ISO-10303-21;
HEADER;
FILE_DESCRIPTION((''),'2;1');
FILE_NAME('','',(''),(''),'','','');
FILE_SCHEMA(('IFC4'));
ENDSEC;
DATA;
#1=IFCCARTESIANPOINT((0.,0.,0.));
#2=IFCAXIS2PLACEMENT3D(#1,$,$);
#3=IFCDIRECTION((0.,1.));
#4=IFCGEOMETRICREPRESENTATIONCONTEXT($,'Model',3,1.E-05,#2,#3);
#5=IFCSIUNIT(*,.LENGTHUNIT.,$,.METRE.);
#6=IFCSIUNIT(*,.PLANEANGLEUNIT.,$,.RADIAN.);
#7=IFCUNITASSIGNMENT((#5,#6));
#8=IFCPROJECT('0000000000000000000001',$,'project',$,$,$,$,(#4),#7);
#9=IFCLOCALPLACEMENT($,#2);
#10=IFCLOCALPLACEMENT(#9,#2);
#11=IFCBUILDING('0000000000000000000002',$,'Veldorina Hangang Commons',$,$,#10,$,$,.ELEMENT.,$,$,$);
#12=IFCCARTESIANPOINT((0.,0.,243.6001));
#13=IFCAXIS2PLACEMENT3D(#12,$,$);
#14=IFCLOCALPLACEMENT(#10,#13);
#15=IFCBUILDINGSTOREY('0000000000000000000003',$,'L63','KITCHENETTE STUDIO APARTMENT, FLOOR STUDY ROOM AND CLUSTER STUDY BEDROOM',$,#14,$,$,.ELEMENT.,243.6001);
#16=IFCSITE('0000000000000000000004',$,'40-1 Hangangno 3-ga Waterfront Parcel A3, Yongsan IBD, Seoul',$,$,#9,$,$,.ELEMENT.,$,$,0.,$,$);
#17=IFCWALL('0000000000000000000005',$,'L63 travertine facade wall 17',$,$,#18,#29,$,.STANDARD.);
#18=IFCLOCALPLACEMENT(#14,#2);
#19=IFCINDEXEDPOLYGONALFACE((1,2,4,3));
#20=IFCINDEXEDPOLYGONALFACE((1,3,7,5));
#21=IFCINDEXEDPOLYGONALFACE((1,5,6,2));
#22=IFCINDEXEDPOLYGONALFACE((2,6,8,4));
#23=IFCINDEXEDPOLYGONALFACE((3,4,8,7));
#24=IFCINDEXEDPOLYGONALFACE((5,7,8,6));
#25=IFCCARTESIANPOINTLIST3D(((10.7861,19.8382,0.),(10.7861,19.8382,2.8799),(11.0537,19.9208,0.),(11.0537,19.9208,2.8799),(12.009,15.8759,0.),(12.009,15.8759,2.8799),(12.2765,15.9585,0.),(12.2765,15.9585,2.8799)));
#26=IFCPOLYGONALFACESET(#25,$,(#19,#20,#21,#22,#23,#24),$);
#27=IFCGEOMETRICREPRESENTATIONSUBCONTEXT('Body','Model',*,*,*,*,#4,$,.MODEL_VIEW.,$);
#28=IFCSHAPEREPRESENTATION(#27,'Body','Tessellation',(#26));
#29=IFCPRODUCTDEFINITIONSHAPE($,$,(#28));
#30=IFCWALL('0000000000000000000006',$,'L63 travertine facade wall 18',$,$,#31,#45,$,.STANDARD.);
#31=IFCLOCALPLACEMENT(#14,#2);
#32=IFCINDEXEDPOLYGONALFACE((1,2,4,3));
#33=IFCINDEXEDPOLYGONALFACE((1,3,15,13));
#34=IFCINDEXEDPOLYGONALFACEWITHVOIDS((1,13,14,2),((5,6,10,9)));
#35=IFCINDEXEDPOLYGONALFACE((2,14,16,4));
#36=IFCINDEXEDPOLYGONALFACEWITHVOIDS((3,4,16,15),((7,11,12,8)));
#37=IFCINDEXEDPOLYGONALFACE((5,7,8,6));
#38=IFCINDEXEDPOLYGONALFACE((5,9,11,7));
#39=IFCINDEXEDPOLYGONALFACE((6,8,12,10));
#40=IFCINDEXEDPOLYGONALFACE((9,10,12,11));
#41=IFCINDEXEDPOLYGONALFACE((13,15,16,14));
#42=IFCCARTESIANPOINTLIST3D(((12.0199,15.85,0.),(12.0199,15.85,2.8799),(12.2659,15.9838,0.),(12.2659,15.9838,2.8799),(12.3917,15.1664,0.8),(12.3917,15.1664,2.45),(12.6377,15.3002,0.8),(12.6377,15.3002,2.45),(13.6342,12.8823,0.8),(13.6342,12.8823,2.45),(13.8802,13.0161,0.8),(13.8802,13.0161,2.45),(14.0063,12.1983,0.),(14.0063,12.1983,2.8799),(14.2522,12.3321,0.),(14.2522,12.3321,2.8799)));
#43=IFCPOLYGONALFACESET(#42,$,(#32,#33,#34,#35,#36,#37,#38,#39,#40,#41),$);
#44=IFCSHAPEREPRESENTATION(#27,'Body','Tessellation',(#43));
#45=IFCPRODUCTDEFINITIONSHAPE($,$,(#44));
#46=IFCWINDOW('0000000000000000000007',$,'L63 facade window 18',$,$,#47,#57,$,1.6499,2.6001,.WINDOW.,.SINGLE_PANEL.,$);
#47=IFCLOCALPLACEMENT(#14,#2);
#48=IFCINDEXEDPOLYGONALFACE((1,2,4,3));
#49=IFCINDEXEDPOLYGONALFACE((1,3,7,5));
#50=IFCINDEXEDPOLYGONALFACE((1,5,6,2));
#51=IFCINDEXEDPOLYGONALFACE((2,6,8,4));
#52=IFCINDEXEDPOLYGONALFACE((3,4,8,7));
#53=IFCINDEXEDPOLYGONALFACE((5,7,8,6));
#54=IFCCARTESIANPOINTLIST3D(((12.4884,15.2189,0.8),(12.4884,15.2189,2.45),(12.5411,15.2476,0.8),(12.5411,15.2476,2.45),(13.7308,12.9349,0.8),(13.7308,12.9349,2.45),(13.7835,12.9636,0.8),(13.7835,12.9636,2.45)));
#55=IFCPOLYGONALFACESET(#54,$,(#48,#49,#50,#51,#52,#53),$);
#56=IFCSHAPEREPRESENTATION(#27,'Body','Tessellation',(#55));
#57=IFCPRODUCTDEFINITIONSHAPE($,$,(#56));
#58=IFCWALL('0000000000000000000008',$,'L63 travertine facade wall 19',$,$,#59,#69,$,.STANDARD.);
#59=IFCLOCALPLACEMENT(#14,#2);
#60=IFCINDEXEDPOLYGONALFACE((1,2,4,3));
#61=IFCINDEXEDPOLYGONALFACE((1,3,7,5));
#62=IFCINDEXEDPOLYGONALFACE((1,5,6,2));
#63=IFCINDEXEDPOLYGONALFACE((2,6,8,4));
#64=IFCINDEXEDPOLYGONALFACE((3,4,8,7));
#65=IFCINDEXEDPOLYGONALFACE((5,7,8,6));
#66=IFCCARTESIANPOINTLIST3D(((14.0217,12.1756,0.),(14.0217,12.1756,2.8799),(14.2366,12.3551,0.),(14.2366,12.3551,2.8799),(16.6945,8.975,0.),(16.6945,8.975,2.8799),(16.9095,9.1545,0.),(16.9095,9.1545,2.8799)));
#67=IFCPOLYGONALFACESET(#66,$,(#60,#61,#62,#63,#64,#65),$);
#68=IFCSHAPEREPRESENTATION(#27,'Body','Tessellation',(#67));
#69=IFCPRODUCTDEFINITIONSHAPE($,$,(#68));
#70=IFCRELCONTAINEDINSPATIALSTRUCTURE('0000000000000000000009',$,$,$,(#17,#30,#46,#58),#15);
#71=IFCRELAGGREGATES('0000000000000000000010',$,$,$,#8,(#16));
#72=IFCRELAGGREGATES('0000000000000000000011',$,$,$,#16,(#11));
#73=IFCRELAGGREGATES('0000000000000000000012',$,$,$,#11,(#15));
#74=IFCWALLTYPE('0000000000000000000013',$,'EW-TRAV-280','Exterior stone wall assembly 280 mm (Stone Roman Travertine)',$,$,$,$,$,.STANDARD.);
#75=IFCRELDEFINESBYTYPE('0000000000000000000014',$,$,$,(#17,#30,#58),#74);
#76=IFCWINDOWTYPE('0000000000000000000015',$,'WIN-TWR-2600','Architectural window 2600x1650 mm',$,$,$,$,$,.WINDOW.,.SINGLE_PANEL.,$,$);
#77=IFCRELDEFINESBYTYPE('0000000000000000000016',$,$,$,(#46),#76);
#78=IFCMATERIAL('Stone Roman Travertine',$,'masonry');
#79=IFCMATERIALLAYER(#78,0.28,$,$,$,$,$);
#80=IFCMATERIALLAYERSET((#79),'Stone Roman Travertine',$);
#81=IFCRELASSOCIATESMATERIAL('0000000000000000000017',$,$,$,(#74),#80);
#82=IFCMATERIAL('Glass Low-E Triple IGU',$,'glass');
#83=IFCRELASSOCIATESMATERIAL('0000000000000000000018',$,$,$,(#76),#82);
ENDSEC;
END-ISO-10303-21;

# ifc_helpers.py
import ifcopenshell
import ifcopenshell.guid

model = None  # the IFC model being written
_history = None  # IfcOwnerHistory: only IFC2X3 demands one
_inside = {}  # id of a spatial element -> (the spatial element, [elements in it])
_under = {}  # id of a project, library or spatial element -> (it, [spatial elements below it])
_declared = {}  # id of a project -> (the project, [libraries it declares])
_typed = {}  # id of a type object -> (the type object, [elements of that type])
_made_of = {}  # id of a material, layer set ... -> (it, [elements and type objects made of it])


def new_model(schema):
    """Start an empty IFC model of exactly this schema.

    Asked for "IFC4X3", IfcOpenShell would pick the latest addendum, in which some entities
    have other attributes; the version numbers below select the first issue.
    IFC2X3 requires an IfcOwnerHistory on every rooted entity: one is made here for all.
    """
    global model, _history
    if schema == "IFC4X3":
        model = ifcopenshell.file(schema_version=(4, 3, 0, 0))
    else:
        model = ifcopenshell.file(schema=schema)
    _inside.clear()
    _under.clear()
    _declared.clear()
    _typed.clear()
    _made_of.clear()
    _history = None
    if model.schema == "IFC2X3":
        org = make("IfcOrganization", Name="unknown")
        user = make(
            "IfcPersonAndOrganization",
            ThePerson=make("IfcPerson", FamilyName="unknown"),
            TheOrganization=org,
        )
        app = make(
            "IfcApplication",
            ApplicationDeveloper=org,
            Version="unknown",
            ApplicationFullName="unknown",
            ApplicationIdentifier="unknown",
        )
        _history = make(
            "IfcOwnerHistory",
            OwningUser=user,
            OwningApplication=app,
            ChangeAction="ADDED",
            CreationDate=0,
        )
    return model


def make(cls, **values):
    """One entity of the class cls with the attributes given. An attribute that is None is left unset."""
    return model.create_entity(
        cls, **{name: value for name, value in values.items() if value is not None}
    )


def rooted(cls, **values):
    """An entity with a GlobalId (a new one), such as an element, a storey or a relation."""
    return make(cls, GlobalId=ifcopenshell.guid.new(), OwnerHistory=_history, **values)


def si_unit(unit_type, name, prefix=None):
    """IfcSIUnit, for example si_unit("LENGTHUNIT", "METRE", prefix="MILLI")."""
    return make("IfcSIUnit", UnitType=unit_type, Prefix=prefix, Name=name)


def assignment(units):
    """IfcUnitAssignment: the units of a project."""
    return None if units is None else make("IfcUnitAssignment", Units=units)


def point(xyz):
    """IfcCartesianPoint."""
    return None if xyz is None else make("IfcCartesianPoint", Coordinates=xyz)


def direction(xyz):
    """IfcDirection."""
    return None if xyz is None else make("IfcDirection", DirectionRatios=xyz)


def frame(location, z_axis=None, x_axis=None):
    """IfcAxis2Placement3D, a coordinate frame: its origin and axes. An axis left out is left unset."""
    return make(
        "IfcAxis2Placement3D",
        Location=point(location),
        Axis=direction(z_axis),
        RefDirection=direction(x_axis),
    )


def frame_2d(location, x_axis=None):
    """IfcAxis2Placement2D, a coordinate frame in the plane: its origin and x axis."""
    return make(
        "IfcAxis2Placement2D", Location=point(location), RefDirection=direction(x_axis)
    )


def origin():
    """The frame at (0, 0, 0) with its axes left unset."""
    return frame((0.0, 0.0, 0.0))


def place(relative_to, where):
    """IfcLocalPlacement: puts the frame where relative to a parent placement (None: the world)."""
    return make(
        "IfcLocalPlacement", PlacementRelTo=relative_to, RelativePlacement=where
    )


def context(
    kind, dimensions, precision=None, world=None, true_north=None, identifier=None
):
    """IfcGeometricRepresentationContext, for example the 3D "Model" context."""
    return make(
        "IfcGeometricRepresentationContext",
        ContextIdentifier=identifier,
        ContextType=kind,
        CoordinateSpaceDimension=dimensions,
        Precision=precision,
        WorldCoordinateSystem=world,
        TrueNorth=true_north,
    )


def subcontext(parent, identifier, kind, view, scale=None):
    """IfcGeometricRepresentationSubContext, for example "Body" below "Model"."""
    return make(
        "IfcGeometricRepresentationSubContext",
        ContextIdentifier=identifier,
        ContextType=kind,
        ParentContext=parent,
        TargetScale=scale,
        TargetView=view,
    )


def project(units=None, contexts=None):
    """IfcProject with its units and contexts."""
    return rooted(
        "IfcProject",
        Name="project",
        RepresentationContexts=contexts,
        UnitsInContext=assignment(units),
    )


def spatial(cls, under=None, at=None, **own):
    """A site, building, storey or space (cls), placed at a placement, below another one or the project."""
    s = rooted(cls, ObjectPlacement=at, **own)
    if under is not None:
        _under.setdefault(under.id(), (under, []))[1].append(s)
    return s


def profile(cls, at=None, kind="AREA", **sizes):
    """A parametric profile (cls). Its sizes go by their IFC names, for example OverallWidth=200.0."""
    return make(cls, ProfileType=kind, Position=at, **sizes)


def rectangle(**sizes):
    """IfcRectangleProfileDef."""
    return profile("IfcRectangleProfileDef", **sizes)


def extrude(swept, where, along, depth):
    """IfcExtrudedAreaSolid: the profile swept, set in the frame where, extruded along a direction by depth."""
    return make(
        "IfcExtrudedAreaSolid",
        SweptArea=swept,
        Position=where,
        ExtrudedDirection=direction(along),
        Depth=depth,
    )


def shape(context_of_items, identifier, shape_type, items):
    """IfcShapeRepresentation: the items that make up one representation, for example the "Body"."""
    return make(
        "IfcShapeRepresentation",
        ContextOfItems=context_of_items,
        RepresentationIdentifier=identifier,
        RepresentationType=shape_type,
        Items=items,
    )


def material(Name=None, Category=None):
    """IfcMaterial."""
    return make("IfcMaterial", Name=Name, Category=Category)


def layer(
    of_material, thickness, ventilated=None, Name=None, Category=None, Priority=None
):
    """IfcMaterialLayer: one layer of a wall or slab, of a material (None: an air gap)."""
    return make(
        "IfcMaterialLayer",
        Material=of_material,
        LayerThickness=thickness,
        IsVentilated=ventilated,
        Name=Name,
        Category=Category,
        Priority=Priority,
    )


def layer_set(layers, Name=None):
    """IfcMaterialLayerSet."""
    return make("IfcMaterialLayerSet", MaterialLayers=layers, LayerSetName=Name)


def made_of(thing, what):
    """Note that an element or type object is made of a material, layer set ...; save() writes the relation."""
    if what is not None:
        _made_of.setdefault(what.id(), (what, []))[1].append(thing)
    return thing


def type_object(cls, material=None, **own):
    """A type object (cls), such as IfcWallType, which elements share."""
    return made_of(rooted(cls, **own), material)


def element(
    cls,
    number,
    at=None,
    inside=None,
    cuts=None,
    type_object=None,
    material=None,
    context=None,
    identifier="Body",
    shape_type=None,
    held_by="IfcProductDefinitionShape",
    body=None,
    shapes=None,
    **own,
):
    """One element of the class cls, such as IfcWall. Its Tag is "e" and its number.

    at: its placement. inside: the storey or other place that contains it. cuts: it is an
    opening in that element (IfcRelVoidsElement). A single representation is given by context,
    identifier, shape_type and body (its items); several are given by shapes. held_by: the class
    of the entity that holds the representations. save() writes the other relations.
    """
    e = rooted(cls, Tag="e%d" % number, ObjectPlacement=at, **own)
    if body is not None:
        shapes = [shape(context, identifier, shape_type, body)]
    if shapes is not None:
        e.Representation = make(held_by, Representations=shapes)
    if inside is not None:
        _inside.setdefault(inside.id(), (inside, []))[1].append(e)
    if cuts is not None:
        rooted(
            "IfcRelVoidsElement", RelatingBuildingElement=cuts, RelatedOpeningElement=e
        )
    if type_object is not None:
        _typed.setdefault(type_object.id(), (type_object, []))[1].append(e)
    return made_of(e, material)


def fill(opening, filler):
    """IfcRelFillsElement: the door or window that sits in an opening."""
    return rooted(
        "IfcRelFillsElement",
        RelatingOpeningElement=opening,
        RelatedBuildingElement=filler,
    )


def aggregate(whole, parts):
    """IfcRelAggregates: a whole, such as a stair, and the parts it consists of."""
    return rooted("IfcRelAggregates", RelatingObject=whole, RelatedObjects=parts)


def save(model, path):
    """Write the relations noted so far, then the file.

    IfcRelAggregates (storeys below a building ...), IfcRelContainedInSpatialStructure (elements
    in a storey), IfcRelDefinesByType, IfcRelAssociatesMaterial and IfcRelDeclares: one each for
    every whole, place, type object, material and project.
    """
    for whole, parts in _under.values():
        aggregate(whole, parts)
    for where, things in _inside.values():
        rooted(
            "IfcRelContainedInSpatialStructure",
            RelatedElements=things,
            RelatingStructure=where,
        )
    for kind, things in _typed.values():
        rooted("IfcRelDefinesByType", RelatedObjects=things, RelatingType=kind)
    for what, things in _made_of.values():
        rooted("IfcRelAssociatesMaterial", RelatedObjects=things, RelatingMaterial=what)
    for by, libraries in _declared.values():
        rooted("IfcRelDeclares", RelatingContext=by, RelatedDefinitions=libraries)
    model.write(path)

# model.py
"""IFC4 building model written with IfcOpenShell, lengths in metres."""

from ifc_helpers import new_model, si_unit, direction, frame, frame_2d, origin, place, context, subcontext, project, spatial, rectangle, extrude, material, layer, layer_set, type_object, element, fill, save


model = new_model("IFC4")

# Units and contexts
model_context = context("Model", 3, precision=1e-05, world=origin(), true_north=direction((0.0, 1.0)))
body_context = subcontext(model_context, "Body", "Model", "MODEL_VIEW")
ifc_project = project(units=[si_unit("LENGTHUNIT", "METRE"), si_unit("PLANEANGLEUNIT", "RADIAN")], contexts=[model_context])

# Site, building, storey
site_placement = place(None, origin())
site = spatial("IfcSite", under=ifc_project, at=site_placement, Name="40-1 Hangangno 3-ga Waterfront Parcel A3, Yongsan IBD, Seoul", CompositionType="ELEMENT", RefElevation=0.0)
building_placement = place(site_placement, origin())
building = spatial("IfcBuilding", under=site, at=building_placement, Name="Veldorina Hangang Commons", CompositionType="ELEMENT")
storey_placement = place(building_placement, frame((0.0, 0.0, 243.6001)))
storey = spatial("IfcBuildingStorey", under=building, at=storey_placement, Name="L63", Description="KITCHENETTE STUDIO APARTMENT, FLOOR STUDY ROOM AND CLUSTER STUDY BEDROOM", CompositionType="ELEMENT", Elevation=243.6001)

# Wall
ifc_material_1 = material(Name="Stone Roman Travertine", Category="masonry")
ifc_layer_1 = layer(ifc_material_1, 0.28)
ifc_layer_set_1 = layer_set([ifc_layer_1], Name="Stone Roman Travertine")
wall_type = type_object("IfcWallType", Name="EW-TRAV-280", Description="Exterior stone wall assembly 280 mm (Stone Roman Travertine)", PredefinedType="STANDARD", material=ifc_layer_set_1)
wall_1_placement = place(storey_placement, frame((10.9199, 19.8794, 0.0), z_axis=(0.0, 0.0, 1.0), x_axis=(0.294901, -0.955528, 0.0)))
element("IfcWall", 1, at=wall_1_placement, inside=storey, type_object=wall_type, Name="L63 travertine facade wall 17", PredefinedType="STANDARD", context=body_context, shape_type="SweptSolid", body=[
    extrude(rectangle(XDim=4.1467, YDim=0.28, at=frame_2d((2.0732, 0.0))), origin(), (0.0, 0.0, 1.0), 2.8799),
])

# Wall, opening, window
wall_2_placement = place(storey_placement, frame((12.1428, 15.917, 0.0), z_axis=(0.0, 0.0, 1.0), x_axis=(0.47784, -0.878447, 0.0)))
wall_2 = element("IfcWall", 2, at=wall_2_placement, inside=storey, type_object=wall_type, Name="L63 travertine facade wall 18", PredefinedType="STANDARD", context=body_context, shape_type="SweptSolid", body=[
    extrude(rectangle(XDim=4.157, YDim=0.28, at=frame_2d((2.0786, 0.0))), origin(), (0.0, 0.0, 1.0), 2.8799),
])
opening_placement = place(wall_2_placement, frame((0.7783, 0.0, 0.8)))
opening = element("IfcOpeningElement", 3, at=opening_placement, cuts=wall_2, PredefinedType="OPENING", context=body_context, shape_type="SweptSolid", body=[
    extrude(rectangle(XDim=2.6001, YDim=1.6499, at=frame_2d((1.3, 0.825))), frame((0.0, 0.1499, 0.0), z_axis=(0.0, -1.0, 0.0), x_axis=(1.0, 0.0, 0.0)), (0.0, 0.0, 1.0), 0.3),
])
ifc_material_2 = material(Name="Glass Low-E Triple IGU", Category="glass")
window_type = type_object("IfcWindowType", Name="WIN-TWR-2600", Description="Architectural window 2600x1650 mm", PartitioningType="SINGLE_PANEL", PredefinedType="WINDOW", material=ifc_material_2)
window_placement = place(opening_placement, origin())
window = element("IfcWindow", 4, at=window_placement, inside=storey, type_object=window_type, Name="L63 facade window 18", OverallHeight=1.6499, OverallWidth=2.6001, PartitioningType="SINGLE_PANEL", PredefinedType="WINDOW", context=body_context, shape_type="SweptSolid", body=[
    extrude(rectangle(XDim=2.6001, YDim=1.6499, at=frame_2d((1.3, 0.825))), frame((0.0, 0.03, 0.0), z_axis=(0.0, -1.0, 0.0), x_axis=(1.0, 0.0, 0.0)), (0.0, 0.0, 1.0), 0.0601),
])
fill(opening, window)

# Wall
wall_3_placement = place(storey_placement, frame((14.1292, 12.2654, 0.0), z_axis=(0.0, 0.0, 1.0), x_axis=(0.640979, -0.767559, 0.0)))
element("IfcWall", 5, at=wall_3_placement, inside=storey, type_object=wall_type, Name="L63 travertine facade wall 19", PredefinedType="STANDARD", context=body_context, shape_type="SweptSolid", body=[
    extrude(rectangle(XDim=4.1699, YDim=0.28, at=frame_2d((2.085, 0.0))), origin(), (0.0, 0.0, 1.0), 2.8799),
])

save(model, "model.ifc")
